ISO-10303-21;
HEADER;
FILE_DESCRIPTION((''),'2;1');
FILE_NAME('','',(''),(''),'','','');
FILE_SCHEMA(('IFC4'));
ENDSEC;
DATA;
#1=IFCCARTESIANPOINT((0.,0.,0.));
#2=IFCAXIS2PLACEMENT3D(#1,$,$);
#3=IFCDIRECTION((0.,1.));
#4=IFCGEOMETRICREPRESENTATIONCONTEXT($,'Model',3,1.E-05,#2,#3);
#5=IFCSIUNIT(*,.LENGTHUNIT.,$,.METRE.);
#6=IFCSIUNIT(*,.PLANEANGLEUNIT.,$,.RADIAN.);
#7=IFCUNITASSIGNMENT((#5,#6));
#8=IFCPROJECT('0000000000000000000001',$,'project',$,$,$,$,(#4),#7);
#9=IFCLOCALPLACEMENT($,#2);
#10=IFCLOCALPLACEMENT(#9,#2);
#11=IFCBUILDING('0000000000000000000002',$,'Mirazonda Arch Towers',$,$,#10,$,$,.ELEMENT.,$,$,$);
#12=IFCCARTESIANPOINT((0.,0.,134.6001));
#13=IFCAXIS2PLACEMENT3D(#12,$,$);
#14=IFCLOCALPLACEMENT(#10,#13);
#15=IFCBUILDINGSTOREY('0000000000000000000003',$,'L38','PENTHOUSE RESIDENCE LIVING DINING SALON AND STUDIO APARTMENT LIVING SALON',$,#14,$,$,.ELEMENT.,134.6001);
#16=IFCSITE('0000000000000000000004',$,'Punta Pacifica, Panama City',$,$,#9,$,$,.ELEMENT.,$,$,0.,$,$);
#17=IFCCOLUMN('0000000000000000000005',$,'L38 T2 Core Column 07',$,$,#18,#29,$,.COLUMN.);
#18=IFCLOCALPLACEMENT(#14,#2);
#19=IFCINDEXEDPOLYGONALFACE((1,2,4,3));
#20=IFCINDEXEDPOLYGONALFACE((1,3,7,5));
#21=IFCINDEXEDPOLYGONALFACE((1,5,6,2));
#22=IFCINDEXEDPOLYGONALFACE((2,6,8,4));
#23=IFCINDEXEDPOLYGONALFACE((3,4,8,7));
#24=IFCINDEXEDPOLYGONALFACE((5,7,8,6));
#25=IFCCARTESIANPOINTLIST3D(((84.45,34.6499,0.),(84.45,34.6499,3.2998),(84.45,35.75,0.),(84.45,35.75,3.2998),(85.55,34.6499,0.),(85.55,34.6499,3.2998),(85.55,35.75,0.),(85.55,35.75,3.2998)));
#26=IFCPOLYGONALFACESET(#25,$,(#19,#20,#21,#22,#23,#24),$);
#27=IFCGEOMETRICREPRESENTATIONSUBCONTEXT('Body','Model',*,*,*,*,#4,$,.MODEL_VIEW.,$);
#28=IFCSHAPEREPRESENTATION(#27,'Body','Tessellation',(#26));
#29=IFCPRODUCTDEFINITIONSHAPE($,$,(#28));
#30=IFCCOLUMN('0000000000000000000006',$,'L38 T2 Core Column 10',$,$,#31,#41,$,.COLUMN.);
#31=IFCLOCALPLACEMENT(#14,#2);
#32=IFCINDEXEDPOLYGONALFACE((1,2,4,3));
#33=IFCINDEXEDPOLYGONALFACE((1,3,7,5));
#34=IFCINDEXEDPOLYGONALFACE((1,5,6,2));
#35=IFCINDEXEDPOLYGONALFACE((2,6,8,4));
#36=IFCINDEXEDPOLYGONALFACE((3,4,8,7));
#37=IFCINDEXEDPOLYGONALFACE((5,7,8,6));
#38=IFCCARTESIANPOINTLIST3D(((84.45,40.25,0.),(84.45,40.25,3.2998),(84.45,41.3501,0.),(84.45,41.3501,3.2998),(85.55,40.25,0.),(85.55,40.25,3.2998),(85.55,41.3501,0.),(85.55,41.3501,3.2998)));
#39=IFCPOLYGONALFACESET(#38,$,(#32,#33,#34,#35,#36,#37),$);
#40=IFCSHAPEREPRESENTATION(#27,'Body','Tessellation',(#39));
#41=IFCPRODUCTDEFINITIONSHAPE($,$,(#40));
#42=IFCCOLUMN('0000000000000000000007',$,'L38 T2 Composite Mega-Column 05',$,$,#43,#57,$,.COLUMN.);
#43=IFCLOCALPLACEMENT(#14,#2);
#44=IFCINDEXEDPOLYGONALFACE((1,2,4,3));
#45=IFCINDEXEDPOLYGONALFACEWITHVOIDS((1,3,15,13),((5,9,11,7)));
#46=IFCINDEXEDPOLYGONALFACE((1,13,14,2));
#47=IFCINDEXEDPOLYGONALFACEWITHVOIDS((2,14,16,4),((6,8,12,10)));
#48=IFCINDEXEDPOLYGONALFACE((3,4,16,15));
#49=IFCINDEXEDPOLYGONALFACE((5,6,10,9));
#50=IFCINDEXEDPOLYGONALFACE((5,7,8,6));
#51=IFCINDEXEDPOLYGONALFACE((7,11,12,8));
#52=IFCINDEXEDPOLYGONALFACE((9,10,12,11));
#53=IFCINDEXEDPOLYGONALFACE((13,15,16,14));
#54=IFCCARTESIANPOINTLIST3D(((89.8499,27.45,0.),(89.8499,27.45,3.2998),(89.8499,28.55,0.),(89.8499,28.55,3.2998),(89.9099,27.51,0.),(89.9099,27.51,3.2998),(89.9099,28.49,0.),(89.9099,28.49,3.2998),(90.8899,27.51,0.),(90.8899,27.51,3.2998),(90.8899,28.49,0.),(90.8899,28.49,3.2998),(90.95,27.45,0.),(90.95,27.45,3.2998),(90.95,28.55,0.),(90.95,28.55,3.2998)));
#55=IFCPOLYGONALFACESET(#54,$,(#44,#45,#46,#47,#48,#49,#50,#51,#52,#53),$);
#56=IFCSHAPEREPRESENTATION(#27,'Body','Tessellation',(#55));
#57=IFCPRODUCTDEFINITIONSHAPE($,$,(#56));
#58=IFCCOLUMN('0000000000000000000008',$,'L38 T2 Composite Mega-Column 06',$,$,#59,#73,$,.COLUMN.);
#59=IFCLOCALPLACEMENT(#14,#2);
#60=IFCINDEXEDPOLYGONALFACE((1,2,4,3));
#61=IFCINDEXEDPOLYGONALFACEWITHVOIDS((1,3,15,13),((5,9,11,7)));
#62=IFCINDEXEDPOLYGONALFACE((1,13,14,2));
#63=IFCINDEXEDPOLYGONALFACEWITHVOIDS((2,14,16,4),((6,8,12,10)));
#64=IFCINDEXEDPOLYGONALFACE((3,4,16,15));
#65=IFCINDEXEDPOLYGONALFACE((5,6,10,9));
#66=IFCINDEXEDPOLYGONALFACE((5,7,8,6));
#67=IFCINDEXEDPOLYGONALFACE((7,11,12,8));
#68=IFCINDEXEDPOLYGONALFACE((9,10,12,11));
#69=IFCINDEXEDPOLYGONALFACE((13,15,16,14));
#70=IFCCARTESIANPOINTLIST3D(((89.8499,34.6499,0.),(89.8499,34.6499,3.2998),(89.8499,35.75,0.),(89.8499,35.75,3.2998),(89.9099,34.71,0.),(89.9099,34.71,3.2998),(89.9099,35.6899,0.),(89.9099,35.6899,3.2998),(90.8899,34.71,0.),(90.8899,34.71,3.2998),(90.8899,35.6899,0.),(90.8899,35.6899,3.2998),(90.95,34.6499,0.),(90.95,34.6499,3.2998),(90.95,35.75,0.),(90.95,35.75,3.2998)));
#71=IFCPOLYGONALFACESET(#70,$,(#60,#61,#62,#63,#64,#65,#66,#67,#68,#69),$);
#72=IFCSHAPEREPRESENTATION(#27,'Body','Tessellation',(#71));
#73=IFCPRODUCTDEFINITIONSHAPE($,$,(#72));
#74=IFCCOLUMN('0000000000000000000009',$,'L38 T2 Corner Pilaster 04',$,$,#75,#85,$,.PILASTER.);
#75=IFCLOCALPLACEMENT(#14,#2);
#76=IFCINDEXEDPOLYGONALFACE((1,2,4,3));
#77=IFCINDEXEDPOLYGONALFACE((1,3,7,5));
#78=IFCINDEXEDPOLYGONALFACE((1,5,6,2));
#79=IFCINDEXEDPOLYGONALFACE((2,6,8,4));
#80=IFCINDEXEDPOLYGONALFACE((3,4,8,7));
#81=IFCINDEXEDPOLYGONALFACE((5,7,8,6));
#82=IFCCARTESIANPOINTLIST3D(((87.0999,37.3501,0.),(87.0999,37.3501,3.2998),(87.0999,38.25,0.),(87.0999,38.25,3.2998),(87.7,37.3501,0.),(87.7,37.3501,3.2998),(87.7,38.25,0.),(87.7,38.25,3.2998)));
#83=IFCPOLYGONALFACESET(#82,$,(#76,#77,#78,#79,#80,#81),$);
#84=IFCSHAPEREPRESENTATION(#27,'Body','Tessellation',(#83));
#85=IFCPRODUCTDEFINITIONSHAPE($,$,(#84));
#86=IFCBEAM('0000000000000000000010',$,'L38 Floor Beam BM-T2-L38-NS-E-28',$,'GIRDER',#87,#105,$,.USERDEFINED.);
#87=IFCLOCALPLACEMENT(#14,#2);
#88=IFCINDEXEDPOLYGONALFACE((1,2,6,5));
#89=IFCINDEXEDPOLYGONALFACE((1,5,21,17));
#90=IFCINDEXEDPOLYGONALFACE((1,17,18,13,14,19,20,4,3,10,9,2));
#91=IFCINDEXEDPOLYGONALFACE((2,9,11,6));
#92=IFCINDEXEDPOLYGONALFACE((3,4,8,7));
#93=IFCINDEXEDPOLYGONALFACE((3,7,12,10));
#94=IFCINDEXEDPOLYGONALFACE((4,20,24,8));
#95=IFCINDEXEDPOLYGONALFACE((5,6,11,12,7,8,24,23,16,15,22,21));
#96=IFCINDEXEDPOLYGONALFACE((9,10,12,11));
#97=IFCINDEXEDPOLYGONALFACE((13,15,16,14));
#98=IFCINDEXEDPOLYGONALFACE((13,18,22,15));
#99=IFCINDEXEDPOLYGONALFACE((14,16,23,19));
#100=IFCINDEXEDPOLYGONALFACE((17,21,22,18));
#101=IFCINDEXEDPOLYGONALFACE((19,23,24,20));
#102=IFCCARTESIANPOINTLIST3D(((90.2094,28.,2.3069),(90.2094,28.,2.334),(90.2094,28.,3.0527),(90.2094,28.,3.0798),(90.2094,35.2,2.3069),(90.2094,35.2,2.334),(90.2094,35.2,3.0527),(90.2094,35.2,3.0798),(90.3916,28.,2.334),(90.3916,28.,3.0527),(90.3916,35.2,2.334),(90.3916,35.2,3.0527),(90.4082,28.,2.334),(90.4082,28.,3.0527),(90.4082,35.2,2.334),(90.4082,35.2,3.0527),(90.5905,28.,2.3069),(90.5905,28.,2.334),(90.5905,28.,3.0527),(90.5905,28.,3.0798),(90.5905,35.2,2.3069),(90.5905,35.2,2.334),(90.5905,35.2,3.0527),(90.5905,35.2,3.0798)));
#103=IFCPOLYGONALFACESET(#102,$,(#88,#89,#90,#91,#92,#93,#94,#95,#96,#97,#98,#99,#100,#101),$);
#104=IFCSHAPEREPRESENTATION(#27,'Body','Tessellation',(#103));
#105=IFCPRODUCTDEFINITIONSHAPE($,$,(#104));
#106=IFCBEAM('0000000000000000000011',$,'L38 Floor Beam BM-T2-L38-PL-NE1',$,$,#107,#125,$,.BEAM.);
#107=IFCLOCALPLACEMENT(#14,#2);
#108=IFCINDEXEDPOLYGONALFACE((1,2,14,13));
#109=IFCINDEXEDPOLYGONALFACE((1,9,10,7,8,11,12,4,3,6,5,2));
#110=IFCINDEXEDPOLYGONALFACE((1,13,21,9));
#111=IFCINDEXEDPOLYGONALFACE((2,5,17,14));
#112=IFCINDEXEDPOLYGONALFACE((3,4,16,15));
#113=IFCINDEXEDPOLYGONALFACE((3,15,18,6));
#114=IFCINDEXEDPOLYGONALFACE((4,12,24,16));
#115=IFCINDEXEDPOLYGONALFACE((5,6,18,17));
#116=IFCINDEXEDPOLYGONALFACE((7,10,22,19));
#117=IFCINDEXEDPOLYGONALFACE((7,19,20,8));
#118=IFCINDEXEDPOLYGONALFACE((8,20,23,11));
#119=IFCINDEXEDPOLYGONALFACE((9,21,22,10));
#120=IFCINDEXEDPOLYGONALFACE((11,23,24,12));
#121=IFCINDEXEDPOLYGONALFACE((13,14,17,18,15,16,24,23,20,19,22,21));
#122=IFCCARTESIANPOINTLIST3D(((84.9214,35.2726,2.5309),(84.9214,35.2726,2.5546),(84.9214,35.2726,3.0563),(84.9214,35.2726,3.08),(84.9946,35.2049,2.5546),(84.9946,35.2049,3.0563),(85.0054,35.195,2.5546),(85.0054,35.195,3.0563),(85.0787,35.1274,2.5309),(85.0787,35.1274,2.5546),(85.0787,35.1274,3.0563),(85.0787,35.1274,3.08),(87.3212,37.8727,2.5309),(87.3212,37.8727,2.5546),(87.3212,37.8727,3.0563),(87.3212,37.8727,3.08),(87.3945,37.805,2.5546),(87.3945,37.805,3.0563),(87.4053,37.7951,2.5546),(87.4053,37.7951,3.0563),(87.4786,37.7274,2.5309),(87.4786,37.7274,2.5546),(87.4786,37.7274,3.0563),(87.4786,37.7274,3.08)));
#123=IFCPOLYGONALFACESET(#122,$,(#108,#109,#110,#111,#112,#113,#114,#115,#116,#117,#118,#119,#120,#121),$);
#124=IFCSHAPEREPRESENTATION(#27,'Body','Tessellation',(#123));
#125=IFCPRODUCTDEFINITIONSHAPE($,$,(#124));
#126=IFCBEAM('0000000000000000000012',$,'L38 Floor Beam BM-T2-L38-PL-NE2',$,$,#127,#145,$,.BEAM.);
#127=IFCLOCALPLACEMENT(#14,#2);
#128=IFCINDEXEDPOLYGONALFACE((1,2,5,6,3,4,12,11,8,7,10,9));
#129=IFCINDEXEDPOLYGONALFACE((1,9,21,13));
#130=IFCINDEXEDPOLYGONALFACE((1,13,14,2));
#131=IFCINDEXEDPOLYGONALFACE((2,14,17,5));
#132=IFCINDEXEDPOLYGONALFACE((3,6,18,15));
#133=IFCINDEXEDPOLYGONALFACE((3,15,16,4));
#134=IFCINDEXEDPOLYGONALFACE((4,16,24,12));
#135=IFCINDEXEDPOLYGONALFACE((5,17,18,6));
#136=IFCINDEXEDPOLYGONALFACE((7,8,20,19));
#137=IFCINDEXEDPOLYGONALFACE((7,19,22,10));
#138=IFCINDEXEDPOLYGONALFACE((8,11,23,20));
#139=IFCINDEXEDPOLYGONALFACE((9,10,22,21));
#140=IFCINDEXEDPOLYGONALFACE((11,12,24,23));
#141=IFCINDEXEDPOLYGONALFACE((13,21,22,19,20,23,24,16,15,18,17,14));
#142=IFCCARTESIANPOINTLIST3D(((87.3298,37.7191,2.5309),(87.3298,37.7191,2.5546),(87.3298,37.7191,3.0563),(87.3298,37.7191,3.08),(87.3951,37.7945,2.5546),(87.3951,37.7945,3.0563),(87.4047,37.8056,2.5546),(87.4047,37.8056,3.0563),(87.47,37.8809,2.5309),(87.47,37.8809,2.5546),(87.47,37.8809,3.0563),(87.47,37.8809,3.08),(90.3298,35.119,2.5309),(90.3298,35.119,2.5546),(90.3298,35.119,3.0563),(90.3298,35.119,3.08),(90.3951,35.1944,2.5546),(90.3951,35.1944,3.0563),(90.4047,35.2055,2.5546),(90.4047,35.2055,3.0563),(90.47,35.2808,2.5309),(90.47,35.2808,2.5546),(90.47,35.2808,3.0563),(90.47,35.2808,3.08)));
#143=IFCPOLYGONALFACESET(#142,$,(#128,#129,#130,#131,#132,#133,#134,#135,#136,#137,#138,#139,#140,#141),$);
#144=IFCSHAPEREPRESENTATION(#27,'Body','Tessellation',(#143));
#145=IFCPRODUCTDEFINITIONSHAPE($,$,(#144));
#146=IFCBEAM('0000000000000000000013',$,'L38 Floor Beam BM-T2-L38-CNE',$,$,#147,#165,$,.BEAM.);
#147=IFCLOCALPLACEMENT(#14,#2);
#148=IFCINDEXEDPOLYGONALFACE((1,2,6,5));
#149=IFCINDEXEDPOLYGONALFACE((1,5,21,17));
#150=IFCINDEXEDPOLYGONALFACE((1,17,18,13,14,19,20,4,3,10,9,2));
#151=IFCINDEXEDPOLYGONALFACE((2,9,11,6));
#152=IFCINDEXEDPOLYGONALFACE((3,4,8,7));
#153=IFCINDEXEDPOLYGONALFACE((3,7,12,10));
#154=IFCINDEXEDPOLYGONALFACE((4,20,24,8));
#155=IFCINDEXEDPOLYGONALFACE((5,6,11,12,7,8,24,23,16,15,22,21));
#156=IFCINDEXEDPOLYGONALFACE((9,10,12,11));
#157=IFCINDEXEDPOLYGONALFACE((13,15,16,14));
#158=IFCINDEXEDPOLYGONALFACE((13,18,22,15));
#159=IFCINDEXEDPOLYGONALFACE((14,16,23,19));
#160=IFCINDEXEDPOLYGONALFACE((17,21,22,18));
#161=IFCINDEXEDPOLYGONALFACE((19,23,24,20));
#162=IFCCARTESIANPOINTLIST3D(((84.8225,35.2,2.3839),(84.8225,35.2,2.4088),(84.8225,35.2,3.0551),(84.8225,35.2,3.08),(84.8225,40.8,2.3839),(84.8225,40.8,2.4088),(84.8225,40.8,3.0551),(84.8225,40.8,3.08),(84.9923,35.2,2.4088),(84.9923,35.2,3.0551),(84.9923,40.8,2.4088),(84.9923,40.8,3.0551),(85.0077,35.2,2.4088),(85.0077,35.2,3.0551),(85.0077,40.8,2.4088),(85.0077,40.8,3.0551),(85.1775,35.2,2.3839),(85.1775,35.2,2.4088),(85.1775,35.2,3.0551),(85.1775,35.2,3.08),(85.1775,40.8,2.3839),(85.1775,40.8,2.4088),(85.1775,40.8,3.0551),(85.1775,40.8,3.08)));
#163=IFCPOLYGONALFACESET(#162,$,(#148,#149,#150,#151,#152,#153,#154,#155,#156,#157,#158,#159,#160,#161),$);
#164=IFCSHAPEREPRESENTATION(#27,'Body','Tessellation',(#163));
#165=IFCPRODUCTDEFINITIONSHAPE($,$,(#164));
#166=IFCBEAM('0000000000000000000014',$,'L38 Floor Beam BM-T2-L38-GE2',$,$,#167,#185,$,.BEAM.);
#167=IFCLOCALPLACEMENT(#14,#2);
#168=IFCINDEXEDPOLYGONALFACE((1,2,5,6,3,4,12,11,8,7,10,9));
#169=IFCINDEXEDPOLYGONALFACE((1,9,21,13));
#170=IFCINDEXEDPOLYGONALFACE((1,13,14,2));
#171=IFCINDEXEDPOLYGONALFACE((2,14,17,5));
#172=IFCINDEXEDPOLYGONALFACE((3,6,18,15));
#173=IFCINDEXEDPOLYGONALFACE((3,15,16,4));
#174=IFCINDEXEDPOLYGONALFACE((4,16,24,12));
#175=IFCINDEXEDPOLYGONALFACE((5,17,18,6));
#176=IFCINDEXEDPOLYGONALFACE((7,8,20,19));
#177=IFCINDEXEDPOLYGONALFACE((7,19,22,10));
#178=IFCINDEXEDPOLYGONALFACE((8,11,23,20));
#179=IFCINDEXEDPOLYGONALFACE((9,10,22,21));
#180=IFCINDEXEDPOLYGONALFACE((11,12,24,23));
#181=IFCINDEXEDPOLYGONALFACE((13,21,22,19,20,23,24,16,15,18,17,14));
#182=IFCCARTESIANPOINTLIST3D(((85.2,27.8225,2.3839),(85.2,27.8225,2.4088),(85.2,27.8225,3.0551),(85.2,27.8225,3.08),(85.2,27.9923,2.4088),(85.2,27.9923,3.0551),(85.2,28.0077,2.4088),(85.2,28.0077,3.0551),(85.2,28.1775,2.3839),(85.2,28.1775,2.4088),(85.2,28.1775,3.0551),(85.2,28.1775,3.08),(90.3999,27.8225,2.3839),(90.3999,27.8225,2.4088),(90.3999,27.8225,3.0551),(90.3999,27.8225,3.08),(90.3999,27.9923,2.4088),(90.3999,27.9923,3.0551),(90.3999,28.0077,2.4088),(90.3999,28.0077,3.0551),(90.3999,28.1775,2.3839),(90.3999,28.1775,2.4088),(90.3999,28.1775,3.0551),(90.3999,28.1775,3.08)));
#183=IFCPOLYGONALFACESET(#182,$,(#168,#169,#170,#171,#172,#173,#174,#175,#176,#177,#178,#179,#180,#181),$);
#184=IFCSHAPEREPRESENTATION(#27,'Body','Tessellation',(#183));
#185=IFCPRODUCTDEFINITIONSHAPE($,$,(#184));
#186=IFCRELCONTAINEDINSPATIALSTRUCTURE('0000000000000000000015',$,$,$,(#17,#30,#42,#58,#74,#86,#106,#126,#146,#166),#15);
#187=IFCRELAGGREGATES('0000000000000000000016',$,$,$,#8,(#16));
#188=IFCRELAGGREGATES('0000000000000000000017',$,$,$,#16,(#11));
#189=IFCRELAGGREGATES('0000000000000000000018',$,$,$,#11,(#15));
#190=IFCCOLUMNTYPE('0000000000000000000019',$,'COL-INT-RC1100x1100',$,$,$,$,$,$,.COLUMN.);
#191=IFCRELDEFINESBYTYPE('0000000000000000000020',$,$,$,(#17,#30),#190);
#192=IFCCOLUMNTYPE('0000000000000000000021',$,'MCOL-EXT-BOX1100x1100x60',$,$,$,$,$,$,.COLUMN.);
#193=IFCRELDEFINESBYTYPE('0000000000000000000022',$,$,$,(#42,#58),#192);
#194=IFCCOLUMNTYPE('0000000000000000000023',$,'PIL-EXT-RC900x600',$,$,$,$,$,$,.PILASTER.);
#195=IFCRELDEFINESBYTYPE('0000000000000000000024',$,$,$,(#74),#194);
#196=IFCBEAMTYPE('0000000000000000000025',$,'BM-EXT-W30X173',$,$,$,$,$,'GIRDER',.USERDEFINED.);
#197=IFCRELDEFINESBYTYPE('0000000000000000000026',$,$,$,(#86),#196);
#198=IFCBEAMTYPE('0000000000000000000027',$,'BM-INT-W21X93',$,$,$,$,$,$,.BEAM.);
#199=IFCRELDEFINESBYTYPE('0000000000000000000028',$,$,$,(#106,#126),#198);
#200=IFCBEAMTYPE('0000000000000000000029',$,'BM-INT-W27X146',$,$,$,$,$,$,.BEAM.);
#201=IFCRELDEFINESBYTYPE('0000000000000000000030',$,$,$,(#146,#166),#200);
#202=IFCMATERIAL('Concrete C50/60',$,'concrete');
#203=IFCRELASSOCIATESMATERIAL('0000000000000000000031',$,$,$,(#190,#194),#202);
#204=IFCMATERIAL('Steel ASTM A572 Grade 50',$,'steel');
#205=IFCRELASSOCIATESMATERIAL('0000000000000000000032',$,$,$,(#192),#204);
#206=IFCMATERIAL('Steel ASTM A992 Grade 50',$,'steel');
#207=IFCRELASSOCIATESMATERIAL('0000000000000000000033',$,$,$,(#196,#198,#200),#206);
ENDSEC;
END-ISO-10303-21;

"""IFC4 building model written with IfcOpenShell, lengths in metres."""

from ifc_helpers import new_model, si_unit, direction, frame, origin, origin_2d, place, context, subcontext, project, spatial, rectangle, hollow_rectangle, i_section, extrude, material, material_profile, profile_set, type_object, element, save


model = new_model("IFC4")

# Units and contexts
model_context = context("Model", 3, precision=1e-05, world=origin(), true_north=direction((0.0, 1.0)))
body_context = subcontext(model_context, "Body", "Model", "MODEL_VIEW")
ifc_project = project(units=[si_unit("LENGTHUNIT", "METRE"), si_unit("PLANEANGLEUNIT", "RADIAN")], contexts=[model_context])

# Site, building, storey
site_placement = place(None, origin())
site = spatial("IfcSite", under=ifc_project, at=site_placement, Name="Punta Pacifica, Panama City", CompositionType="ELEMENT", RefElevation=0.0)
building_placement = place(site_placement, origin())
building = spatial("IfcBuilding", under=site, at=building_placement, Name="Mirazonda Arch Towers", CompositionType="ELEMENT")
storey_placement = place(building_placement, frame((0.0, 0.0, 134.6001)))
storey = spatial("IfcBuildingStorey", under=building, at=storey_placement, Name="L38", Description="PENTHOUSE RESIDENCE LIVING DINING SALON AND STUDIO APARTMENT LIVING SALON", CompositionType="ELEMENT", Elevation=134.6001)

# Columns
ifc_material_1 = material(Name="Concrete C50/60", Category="concrete")
ifc_material_profile_1 = material_profile(ifc_material_1, rectangle(XDim=1.1001, YDim=1.1001, at=origin_2d()), Name="RC1100x1100")
ifc_profile_set_1 = profile_set([ifc_material_profile_1], Name="Concrete C50/60")
column_type_1 = type_object("IfcColumnType", Name="COL-INT-RC1100x1100", PredefinedType="COLUMN", material=ifc_profile_set_1)
for number, where, z_axis, x_axis, name in (
    (1, (85.0, 35.2, 0.0), (0.0, 0.0, 1.0), (1.0, 0.0, 0.0), "L38 T2 Core Column 07"),
    (2, (85.0, 40.8, 0.0), (0.0, 0.0, 1.0), (1.0, 0.0, 0.0), "L38 T2 Core Column 10"),
):
    element("IfcColumn", number, at=place(storey_placement, frame(where, z_axis=z_axis, x_axis=x_axis)), inside=storey, type_object=column_type_1, Name=name, PredefinedType="COLUMN", context=body_context, shape_type="SweptSolid", body=[
        extrude(rectangle(XDim=1.1001, YDim=1.1001, at=origin_2d()), origin(), (0.0, 0.0, 1.0), 3.2998),
    ])
ifc_material_2 = material(Name="Steel ASTM A572 Grade 50", Category="steel")
ifc_material_profile_2 = material_profile(ifc_material_2, hollow_rectangle(XDim=1.1001, YDim=1.1001, WallThickness=0.0601, at=origin_2d()), Name="BOX1100x1100x60")
ifc_profile_set_2 = profile_set([ifc_material_profile_2], Name="Steel ASTM A572 Grade 50")
column_type_2 = type_object("IfcColumnType", Name="MCOL-EXT-BOX1100x1100x60", PredefinedType="COLUMN", material=ifc_profile_set_2)
for number, where, z_axis, x_axis, name in (
    (3, (90.3999, 28.0, 0.0), (0.0, 0.0, 1.0), (1.0, 0.0, 0.0), "L38 T2 Composite Mega-Column 05"),
    (4, (90.3999, 35.2, 0.0), (0.0, 0.0, 1.0), (1.0, 0.0, 0.0), "L38 T2 Composite Mega-Column 06"),
):
    element("IfcColumn", number, at=place(storey_placement, frame(where, z_axis=z_axis, x_axis=x_axis)), inside=storey, type_object=column_type_2, Name=name, PredefinedType="COLUMN", context=body_context, shape_type="SweptSolid", body=[
        extrude(hollow_rectangle(XDim=1.1001, YDim=1.1001, WallThickness=0.0601, at=origin_2d()), origin(), (0.0, 0.0, 1.0), 3.2998),
    ])
ifc_material_profile_3 = material_profile(ifc_material_1, rectangle(XDim=0.6001, YDim=0.8999, at=origin_2d()), Name="RC900x600")
ifc_profile_set_3 = profile_set([ifc_material_profile_3], Name="Concrete C50/60")
column_type_3 = type_object("IfcColumnType", Name="PIL-EXT-RC900x600", PredefinedType="PILASTER", material=ifc_profile_set_3)
column_placement = place(storey_placement, frame((87.3999, 37.8, 0.0), z_axis=(0.0, 0.0, 1.0), x_axis=(1.0, 0.0, 0.0)))
element("IfcColumn", 5, at=column_placement, inside=storey, type_object=column_type_3, Name="L38 T2 Corner Pilaster 04", PredefinedType="PILASTER", context=body_context, shape_type="SweptSolid", body=[
    extrude(rectangle(XDim=0.6001, YDim=0.8999, at=origin_2d()), origin(), (0.0, 0.0, 1.0), 3.2998),
])

# Beams
ifc_material_3 = material(Name="Steel ASTM A992 Grade 50", Category="steel")
ifc_material_profile_4 = material_profile(ifc_material_3, i_section(OverallWidth=0.3811, OverallDepth=0.7729, WebThickness=0.0166, FlangeThickness=0.0271, at=origin_2d()), Name="W30X173")
ifc_profile_set_4 = profile_set([ifc_material_profile_4], Name="Steel ASTM A992 Grade 50")
beam_type_1 = type_object("IfcBeamType", Name="BM-EXT-W30X173", ElementType="GIRDER", PredefinedType="USERDEFINED", material=ifc_profile_set_4)
beam_1_placement = place(storey_placement, frame((90.3999, 28.0, 2.6934), z_axis=(0.0, 1.0, 0.0), x_axis=(-1.0, 0.0, 0.0)))
element("IfcBeam", 6, at=beam_1_placement, inside=storey, type_object=beam_type_1, Name="L38 Floor Beam BM-T2-L38-NS-E-28", ObjectType="GIRDER", PredefinedType="USERDEFINED", context=body_context, shape_type="SweptSolid", body=[
    extrude(i_section(OverallWidth=0.3811, OverallDepth=0.7729, WebThickness=0.0166, FlangeThickness=0.0271, at=origin_2d()), origin(), (0.0, 0.0, 1.0), 7.2),
])
ifc_material_profile_5 = material_profile(ifc_material_3, i_section(OverallWidth=0.2141, OverallDepth=0.5491, WebThickness=0.0146, FlangeThickness=0.0237, at=origin_2d()), Name="W21X93")
ifc_profile_set_5 = profile_set([ifc_material_profile_5], Name="Steel ASTM A992 Grade 50")
beam_type_2 = type_object("IfcBeamType", Name="BM-INT-W21X93", PredefinedType="BEAM", material=ifc_profile_set_5)
beam_2_placement = place(storey_placement, frame((87.3999, 37.8, 2.8054), z_axis=(-0.678251, -0.73483, 0.0), x_axis=(0.73483, -0.678251, 0.0)))
element("IfcBeam", 7, at=beam_2_placement, inside=storey, type_object=beam_type_2, Name="L38 Floor Beam BM-T2-L38-PL-NE1", PredefinedType="BEAM", context=body_context, shape_type="SweptSolid", body=[
    extrude(i_section(OverallWidth=0.2141, OverallDepth=0.5491, WebThickness=0.0146, FlangeThickness=0.0237, at=origin_2d()), origin(), (0.0, 0.0, 1.0), 3.5383),
])
beam_3_placement = place(storey_placement, frame((87.3999, 37.8, 2.8054), z_axis=(0.755677, -0.654945, 0.0), x_axis=(0.654945, 0.755677, 0.0)))
element("IfcBeam", 8, at=beam_3_placement, inside=storey, type_object=beam_type_2, Name="L38 Floor Beam BM-T2-L38-PL-NE2", PredefinedType="BEAM", context=body_context, shape_type="SweptSolid", body=[
    extrude(i_section(OverallWidth=0.2141, OverallDepth=0.5491, WebThickness=0.0146, FlangeThickness=0.0237, at=origin_2d()), origin(), (0.0, 0.0, 1.0), 3.97),
])
ifc_material_profile_6 = material_profile(ifc_material_3, i_section(OverallWidth=0.355, OverallDepth=0.696, WebThickness=0.0154, FlangeThickness=0.0249, at=origin_2d()), Name="W27X146")
ifc_profile_set_6 = profile_set([ifc_material_profile_6], Name="Steel ASTM A992 Grade 50")
beam_type_3 = type_object("IfcBeamType", Name="BM-INT-W27X146", PredefinedType="BEAM", material=ifc_profile_set_6)
beam_4_placement = place(storey_placement, frame((85.0, 35.2, 2.7319), z_axis=(0.0, 1.0, 0.0), x_axis=(-1.0, 0.0, 0.0)))
element("IfcBeam", 9, at=beam_4_placement, inside=storey, type_object=beam_type_3, Name="L38 Floor Beam BM-T2-L38-CNE", PredefinedType="BEAM", context=body_context, shape_type="SweptSolid", body=[
    extrude(i_section(OverallWidth=0.355, OverallDepth=0.696, WebThickness=0.0154, FlangeThickness=0.0249, at=origin_2d()), origin(), (0.0, 0.0, 1.0), 5.6001),
])
beam_5_placement = place(storey_placement, frame((85.2, 28.0, 2.7319), z_axis=(1.0, 0.0, 0.0), x_axis=(0.0, 1.0, 0.0)))
element("IfcBeam", 10, at=beam_5_placement, inside=storey, type_object=beam_type_3, Name="L38 Floor Beam BM-T2-L38-GE2", PredefinedType="BEAM", context=body_context, shape_type="SweptSolid", body=[
    extrude(i_section(OverallWidth=0.355, OverallDepth=0.696, WebThickness=0.0154, FlangeThickness=0.0249, at=origin_2d()), origin(), (0.0, 0.0, 1.0), 5.2),
])

save(model, "model.ifc")
